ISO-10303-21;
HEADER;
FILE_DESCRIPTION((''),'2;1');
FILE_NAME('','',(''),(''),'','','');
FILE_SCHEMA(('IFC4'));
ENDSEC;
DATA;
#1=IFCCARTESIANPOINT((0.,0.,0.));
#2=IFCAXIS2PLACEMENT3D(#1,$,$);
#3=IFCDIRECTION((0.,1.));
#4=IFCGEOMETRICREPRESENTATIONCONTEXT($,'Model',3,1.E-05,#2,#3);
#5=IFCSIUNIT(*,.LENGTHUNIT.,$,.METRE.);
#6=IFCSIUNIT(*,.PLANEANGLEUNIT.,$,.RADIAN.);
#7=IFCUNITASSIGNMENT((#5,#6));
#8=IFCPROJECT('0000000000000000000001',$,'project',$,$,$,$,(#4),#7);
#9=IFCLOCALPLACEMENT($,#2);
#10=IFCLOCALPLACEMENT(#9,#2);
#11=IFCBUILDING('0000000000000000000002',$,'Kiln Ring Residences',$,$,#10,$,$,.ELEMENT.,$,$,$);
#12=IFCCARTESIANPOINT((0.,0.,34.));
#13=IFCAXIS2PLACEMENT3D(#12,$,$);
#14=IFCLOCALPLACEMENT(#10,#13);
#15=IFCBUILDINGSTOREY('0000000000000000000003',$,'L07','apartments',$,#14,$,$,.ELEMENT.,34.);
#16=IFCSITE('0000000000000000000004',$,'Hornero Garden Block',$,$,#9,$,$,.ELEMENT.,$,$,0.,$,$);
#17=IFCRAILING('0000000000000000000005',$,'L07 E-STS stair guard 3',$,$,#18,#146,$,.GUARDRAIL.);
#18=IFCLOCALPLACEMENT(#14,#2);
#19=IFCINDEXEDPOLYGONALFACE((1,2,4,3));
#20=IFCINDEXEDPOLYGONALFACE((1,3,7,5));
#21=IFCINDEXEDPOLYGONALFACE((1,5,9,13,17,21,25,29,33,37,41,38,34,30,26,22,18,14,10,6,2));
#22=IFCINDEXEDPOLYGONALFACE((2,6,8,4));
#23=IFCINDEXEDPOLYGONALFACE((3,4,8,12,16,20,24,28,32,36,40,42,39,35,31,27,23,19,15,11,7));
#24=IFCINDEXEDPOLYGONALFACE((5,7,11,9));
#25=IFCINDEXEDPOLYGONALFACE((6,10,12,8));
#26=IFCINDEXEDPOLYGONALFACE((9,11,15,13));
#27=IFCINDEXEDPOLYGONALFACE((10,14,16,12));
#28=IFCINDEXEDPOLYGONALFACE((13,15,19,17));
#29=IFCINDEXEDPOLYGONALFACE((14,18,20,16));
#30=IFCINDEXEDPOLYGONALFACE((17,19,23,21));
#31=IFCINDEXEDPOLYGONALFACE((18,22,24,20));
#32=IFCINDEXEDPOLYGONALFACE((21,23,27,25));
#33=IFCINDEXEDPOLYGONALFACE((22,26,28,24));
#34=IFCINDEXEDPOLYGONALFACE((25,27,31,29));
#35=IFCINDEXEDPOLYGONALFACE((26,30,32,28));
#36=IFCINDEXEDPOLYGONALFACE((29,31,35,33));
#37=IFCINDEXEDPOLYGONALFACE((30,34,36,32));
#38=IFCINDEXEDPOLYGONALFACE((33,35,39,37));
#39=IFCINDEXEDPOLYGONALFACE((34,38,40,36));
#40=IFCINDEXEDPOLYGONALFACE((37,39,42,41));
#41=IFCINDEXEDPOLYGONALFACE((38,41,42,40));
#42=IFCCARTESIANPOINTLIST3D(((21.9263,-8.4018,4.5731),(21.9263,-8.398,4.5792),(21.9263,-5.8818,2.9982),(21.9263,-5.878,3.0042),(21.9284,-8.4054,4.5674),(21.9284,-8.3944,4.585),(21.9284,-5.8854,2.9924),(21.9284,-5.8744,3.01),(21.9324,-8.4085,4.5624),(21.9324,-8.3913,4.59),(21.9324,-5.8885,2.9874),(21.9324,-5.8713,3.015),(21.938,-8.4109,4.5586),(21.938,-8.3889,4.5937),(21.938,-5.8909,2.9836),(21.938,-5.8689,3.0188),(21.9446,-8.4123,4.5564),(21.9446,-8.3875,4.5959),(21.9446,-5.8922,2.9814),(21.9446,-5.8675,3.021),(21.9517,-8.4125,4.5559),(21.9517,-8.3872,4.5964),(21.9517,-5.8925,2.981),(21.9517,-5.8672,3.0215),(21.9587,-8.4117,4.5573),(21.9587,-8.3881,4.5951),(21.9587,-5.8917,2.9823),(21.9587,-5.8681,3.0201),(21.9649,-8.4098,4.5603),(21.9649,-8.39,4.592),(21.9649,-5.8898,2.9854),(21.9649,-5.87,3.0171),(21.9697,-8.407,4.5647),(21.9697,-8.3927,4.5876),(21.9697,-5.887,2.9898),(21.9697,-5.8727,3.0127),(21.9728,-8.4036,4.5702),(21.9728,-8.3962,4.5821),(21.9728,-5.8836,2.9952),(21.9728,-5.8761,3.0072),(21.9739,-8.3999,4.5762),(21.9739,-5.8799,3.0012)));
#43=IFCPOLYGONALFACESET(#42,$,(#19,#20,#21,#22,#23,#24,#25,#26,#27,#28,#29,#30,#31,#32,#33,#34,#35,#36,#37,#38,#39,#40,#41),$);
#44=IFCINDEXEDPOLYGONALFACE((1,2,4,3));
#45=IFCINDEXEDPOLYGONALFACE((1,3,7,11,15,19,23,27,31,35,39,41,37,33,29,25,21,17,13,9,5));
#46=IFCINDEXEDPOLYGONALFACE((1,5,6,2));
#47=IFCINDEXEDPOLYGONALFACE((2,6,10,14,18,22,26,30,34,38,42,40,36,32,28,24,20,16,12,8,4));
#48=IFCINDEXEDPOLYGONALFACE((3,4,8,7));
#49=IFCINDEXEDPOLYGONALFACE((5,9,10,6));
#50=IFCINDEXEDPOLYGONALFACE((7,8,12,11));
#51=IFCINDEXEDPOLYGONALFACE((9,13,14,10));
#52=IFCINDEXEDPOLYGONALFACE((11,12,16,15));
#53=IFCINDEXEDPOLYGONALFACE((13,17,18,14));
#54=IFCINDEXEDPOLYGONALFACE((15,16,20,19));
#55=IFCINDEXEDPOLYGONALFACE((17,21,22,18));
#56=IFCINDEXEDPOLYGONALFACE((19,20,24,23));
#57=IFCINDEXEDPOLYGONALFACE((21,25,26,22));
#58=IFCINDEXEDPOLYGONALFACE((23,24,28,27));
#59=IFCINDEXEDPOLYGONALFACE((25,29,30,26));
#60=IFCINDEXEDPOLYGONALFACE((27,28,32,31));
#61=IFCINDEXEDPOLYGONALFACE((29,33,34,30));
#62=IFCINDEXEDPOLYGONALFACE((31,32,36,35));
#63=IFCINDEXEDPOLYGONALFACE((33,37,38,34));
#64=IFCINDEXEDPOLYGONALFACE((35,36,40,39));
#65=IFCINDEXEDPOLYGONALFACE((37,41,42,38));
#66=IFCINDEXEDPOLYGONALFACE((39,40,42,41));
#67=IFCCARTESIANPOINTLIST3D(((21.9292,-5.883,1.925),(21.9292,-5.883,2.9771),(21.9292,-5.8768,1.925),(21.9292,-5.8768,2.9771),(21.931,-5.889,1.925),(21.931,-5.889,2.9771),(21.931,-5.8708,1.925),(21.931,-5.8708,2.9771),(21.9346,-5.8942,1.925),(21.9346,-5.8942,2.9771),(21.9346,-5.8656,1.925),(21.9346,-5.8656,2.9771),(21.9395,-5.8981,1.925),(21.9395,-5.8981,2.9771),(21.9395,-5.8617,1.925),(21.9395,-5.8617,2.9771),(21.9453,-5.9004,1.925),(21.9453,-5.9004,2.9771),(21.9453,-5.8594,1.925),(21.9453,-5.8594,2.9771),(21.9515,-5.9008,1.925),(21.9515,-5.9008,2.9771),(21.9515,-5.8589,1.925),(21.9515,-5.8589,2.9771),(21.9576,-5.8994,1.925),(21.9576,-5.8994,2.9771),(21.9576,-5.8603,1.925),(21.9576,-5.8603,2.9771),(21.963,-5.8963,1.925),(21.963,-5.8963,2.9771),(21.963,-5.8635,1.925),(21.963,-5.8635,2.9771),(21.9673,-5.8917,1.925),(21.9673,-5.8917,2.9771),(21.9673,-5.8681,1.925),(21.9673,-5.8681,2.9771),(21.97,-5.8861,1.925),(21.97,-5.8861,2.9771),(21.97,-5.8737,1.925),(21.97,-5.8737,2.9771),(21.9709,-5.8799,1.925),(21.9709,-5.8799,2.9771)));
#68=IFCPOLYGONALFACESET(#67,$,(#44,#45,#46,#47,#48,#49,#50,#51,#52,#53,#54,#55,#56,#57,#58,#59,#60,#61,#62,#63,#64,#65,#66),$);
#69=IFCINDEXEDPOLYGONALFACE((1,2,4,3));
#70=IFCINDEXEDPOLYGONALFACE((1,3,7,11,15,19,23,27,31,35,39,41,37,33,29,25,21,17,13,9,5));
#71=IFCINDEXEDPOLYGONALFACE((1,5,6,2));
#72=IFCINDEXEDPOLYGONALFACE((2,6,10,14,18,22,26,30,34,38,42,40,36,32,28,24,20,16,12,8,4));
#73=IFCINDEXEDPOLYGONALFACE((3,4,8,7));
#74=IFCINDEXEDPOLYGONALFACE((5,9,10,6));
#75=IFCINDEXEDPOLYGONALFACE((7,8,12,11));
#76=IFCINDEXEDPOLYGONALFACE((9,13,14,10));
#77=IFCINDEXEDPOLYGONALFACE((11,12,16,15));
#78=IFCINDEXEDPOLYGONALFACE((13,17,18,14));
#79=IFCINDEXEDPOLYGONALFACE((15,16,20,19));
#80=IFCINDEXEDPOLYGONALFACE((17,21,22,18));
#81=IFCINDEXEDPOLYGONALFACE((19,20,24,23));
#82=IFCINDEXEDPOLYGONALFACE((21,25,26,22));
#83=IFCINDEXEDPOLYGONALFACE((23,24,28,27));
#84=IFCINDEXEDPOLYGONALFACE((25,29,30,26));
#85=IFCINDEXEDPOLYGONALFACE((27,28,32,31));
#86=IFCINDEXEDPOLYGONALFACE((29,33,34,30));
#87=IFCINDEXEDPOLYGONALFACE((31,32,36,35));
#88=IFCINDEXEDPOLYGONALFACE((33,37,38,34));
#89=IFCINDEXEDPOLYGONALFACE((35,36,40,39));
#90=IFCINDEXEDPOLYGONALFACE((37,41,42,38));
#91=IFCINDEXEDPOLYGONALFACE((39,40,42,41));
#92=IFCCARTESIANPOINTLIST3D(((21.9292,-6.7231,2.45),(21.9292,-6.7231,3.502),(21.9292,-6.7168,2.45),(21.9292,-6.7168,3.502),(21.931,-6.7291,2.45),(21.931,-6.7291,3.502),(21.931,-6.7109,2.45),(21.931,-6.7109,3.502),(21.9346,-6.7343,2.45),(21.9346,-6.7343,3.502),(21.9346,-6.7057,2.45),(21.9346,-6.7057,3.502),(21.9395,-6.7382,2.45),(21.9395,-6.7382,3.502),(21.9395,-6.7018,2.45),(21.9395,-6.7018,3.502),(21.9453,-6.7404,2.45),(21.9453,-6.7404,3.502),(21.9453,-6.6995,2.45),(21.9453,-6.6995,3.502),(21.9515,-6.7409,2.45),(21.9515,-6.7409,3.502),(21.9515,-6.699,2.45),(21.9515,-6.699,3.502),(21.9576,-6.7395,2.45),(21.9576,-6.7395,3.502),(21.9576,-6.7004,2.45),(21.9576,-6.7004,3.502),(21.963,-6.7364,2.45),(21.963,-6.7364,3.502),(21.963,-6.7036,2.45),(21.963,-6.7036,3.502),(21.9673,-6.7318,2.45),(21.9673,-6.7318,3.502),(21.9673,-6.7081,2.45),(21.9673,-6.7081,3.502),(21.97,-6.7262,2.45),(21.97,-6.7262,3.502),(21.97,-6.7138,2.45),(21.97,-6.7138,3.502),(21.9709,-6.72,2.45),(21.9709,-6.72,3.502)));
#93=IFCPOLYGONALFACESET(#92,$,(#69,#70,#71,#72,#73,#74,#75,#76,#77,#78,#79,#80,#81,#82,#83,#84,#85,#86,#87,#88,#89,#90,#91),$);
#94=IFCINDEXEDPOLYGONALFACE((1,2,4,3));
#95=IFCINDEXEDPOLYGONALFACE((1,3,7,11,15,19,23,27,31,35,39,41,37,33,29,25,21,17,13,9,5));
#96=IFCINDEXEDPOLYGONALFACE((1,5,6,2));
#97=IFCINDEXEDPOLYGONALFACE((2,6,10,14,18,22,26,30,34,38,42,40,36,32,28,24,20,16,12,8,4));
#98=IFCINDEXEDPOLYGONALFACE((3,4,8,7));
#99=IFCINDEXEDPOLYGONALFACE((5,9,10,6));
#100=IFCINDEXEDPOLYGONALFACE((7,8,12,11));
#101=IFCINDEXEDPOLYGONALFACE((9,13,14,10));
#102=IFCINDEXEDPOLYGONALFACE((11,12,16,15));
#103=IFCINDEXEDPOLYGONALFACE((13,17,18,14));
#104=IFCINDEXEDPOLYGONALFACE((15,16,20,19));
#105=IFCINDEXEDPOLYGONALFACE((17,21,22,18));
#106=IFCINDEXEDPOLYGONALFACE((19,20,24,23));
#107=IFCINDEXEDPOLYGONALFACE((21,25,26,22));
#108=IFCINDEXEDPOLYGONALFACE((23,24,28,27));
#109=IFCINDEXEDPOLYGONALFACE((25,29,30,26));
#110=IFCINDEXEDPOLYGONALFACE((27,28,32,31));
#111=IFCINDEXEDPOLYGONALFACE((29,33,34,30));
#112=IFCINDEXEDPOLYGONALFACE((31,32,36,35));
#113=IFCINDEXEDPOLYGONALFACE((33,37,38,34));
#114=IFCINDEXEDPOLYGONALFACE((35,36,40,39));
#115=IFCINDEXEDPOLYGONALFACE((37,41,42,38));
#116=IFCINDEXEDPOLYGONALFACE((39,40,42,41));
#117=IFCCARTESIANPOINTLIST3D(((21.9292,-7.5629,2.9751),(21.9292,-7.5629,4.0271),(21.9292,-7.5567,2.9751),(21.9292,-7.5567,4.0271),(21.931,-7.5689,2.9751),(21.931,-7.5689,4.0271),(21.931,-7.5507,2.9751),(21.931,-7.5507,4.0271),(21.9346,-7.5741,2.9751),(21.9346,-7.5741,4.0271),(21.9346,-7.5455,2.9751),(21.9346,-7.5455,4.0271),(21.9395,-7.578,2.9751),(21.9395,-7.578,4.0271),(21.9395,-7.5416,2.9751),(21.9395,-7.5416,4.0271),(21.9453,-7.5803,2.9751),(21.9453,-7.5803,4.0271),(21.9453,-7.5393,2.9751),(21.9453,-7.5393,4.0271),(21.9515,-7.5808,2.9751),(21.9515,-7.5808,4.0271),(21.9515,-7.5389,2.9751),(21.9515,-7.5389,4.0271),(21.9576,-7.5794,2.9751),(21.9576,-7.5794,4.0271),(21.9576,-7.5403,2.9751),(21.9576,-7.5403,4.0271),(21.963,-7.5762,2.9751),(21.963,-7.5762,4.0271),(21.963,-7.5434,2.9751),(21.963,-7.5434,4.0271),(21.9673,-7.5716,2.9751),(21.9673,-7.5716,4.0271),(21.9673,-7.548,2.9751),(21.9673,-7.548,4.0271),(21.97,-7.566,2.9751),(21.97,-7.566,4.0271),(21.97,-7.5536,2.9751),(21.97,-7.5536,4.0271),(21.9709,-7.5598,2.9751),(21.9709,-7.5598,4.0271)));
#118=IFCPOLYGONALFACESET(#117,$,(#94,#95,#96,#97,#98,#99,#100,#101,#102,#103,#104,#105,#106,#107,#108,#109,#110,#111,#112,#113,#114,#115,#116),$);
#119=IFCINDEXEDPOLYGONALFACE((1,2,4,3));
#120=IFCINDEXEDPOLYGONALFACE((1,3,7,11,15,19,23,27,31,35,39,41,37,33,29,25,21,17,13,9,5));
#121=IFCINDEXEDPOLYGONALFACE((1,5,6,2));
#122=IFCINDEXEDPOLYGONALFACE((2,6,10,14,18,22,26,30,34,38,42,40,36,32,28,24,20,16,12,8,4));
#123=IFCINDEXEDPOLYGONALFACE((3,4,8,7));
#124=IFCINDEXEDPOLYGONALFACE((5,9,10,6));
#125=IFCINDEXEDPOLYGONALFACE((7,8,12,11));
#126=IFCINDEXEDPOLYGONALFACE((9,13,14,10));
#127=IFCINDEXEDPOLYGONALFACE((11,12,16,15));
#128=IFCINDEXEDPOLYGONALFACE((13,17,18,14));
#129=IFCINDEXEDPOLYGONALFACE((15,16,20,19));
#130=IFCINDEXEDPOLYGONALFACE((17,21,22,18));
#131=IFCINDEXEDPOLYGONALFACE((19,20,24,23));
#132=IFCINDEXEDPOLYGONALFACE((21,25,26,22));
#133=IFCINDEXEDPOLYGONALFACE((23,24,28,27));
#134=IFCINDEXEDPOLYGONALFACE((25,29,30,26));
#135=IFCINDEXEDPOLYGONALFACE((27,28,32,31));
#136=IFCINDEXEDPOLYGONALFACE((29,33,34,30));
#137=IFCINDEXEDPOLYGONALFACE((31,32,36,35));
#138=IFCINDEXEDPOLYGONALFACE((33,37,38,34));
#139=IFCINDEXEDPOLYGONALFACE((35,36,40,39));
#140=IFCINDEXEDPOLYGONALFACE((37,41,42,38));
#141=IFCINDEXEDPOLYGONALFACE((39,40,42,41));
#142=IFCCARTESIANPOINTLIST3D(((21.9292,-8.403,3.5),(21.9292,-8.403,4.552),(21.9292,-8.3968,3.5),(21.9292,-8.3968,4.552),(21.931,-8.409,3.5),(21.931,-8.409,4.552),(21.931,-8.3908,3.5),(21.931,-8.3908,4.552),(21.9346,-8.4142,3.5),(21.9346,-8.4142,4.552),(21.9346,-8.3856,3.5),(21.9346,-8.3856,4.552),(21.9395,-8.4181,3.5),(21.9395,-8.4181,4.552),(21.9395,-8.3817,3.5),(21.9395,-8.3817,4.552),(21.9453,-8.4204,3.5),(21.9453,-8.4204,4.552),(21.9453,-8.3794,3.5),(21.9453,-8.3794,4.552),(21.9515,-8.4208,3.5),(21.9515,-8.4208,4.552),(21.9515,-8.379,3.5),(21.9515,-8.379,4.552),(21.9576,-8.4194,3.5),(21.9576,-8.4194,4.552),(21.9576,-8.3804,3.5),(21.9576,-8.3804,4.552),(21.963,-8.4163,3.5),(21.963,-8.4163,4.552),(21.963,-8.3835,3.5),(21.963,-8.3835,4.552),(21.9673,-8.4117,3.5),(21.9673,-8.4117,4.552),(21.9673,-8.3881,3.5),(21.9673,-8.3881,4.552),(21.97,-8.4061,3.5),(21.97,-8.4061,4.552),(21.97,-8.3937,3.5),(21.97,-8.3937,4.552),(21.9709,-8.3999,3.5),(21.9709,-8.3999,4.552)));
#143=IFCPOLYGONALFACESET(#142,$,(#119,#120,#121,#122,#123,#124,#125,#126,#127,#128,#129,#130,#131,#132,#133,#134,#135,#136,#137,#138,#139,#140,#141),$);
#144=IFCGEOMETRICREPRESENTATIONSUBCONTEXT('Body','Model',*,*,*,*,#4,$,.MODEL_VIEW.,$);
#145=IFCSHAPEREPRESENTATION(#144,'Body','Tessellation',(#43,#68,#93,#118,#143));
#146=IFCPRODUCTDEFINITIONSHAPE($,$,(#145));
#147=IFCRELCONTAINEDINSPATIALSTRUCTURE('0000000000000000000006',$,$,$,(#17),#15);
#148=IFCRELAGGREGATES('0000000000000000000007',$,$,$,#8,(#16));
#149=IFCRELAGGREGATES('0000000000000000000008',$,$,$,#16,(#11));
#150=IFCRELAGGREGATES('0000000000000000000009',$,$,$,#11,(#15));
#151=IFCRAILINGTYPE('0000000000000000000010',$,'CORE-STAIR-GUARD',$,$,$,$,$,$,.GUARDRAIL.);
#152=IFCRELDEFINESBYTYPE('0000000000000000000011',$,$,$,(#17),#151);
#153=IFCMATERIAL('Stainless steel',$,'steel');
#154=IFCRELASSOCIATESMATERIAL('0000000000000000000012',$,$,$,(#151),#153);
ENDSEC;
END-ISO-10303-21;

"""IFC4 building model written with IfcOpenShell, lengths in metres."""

from ifc_helpers import new_model, si_unit, direction, frame, origin, origin_2d, place, context, subcontext, project, spatial, circle, extrude, material, type_object, element, save


model = new_model("IFC4")

# Units and contexts
model_context = context("Model", 3, precision=1e-05, world=origin(), true_north=direction((0.0, 1.0)))
body_context = subcontext(model_context, "Body", "Model", "MODEL_VIEW")
ifc_project = project(units=[si_unit("LENGTHUNIT", "METRE"), si_unit("PLANEANGLEUNIT", "RADIAN")], contexts=[model_context])

# Site, building, storey
site_placement = place(None, origin())
site = spatial("IfcSite", under=ifc_project, at=site_placement, Name="Hornero Garden Block", CompositionType="ELEMENT", RefElevation=0.0)
building_placement = place(site_placement, origin())
building = spatial("IfcBuilding", under=site, at=building_placement, Name="Kiln Ring Residences", CompositionType="ELEMENT")
storey_placement = place(building_placement, frame((0.0, 0.0, 34.0)))
storey = spatial("IfcBuildingStorey", under=building, at=storey_placement, Name="L07", Description="apartments", CompositionType="ELEMENT", Elevation=34.0)

# Railing
ifc_material_1 = material(Name="Stainless steel", Category="steel")
railing_type_1 = type_object("IfcRailingType", Name="CORE-STAIR-GUARD", PredefinedType="GUARDRAIL", material=ifc_material_1)
railing_1_placement = place(storey_placement, frame((21.95, -5.8799, 1.925)))
element("IfcRailing", 1, at=railing_1_placement, inside=storey, type_object=railing_type_1, Name="L07 E-STS stair guard 3", PredefinedType="GUARDRAIL", context=body_context, shape_type="SweptSolid", body=[
    extrude(circle(Radius=0.0239, at=origin_2d()), frame((0.0, 0.0, 1.0762), z_axis=(0.0, -0.848008, 0.529984), x_axis=(1.0, 0.0, 0.0)), (0.0, 0.0, 1.0), 2.9717),
    extrude(circle(Radius=0.021, at=origin_2d()), origin(), (0.0, 0.0, 1.0), 1.052),
    extrude(circle(Radius=0.021, at=origin_2d()), frame((0.0, -0.8401, 0.5249)), (0.0, 0.0, 1.0), 1.052),
    extrude(circle(Radius=0.021, at=origin_2d()), frame((0.0, -1.6799, 1.05)), (0.0, 0.0, 1.0), 1.052),
    extrude(circle(Radius=0.021, at=origin_2d()), frame((0.0, -2.52, 1.575)), (0.0, 0.0, 1.0), 1.052),
])

save(model, "model.ifc")
